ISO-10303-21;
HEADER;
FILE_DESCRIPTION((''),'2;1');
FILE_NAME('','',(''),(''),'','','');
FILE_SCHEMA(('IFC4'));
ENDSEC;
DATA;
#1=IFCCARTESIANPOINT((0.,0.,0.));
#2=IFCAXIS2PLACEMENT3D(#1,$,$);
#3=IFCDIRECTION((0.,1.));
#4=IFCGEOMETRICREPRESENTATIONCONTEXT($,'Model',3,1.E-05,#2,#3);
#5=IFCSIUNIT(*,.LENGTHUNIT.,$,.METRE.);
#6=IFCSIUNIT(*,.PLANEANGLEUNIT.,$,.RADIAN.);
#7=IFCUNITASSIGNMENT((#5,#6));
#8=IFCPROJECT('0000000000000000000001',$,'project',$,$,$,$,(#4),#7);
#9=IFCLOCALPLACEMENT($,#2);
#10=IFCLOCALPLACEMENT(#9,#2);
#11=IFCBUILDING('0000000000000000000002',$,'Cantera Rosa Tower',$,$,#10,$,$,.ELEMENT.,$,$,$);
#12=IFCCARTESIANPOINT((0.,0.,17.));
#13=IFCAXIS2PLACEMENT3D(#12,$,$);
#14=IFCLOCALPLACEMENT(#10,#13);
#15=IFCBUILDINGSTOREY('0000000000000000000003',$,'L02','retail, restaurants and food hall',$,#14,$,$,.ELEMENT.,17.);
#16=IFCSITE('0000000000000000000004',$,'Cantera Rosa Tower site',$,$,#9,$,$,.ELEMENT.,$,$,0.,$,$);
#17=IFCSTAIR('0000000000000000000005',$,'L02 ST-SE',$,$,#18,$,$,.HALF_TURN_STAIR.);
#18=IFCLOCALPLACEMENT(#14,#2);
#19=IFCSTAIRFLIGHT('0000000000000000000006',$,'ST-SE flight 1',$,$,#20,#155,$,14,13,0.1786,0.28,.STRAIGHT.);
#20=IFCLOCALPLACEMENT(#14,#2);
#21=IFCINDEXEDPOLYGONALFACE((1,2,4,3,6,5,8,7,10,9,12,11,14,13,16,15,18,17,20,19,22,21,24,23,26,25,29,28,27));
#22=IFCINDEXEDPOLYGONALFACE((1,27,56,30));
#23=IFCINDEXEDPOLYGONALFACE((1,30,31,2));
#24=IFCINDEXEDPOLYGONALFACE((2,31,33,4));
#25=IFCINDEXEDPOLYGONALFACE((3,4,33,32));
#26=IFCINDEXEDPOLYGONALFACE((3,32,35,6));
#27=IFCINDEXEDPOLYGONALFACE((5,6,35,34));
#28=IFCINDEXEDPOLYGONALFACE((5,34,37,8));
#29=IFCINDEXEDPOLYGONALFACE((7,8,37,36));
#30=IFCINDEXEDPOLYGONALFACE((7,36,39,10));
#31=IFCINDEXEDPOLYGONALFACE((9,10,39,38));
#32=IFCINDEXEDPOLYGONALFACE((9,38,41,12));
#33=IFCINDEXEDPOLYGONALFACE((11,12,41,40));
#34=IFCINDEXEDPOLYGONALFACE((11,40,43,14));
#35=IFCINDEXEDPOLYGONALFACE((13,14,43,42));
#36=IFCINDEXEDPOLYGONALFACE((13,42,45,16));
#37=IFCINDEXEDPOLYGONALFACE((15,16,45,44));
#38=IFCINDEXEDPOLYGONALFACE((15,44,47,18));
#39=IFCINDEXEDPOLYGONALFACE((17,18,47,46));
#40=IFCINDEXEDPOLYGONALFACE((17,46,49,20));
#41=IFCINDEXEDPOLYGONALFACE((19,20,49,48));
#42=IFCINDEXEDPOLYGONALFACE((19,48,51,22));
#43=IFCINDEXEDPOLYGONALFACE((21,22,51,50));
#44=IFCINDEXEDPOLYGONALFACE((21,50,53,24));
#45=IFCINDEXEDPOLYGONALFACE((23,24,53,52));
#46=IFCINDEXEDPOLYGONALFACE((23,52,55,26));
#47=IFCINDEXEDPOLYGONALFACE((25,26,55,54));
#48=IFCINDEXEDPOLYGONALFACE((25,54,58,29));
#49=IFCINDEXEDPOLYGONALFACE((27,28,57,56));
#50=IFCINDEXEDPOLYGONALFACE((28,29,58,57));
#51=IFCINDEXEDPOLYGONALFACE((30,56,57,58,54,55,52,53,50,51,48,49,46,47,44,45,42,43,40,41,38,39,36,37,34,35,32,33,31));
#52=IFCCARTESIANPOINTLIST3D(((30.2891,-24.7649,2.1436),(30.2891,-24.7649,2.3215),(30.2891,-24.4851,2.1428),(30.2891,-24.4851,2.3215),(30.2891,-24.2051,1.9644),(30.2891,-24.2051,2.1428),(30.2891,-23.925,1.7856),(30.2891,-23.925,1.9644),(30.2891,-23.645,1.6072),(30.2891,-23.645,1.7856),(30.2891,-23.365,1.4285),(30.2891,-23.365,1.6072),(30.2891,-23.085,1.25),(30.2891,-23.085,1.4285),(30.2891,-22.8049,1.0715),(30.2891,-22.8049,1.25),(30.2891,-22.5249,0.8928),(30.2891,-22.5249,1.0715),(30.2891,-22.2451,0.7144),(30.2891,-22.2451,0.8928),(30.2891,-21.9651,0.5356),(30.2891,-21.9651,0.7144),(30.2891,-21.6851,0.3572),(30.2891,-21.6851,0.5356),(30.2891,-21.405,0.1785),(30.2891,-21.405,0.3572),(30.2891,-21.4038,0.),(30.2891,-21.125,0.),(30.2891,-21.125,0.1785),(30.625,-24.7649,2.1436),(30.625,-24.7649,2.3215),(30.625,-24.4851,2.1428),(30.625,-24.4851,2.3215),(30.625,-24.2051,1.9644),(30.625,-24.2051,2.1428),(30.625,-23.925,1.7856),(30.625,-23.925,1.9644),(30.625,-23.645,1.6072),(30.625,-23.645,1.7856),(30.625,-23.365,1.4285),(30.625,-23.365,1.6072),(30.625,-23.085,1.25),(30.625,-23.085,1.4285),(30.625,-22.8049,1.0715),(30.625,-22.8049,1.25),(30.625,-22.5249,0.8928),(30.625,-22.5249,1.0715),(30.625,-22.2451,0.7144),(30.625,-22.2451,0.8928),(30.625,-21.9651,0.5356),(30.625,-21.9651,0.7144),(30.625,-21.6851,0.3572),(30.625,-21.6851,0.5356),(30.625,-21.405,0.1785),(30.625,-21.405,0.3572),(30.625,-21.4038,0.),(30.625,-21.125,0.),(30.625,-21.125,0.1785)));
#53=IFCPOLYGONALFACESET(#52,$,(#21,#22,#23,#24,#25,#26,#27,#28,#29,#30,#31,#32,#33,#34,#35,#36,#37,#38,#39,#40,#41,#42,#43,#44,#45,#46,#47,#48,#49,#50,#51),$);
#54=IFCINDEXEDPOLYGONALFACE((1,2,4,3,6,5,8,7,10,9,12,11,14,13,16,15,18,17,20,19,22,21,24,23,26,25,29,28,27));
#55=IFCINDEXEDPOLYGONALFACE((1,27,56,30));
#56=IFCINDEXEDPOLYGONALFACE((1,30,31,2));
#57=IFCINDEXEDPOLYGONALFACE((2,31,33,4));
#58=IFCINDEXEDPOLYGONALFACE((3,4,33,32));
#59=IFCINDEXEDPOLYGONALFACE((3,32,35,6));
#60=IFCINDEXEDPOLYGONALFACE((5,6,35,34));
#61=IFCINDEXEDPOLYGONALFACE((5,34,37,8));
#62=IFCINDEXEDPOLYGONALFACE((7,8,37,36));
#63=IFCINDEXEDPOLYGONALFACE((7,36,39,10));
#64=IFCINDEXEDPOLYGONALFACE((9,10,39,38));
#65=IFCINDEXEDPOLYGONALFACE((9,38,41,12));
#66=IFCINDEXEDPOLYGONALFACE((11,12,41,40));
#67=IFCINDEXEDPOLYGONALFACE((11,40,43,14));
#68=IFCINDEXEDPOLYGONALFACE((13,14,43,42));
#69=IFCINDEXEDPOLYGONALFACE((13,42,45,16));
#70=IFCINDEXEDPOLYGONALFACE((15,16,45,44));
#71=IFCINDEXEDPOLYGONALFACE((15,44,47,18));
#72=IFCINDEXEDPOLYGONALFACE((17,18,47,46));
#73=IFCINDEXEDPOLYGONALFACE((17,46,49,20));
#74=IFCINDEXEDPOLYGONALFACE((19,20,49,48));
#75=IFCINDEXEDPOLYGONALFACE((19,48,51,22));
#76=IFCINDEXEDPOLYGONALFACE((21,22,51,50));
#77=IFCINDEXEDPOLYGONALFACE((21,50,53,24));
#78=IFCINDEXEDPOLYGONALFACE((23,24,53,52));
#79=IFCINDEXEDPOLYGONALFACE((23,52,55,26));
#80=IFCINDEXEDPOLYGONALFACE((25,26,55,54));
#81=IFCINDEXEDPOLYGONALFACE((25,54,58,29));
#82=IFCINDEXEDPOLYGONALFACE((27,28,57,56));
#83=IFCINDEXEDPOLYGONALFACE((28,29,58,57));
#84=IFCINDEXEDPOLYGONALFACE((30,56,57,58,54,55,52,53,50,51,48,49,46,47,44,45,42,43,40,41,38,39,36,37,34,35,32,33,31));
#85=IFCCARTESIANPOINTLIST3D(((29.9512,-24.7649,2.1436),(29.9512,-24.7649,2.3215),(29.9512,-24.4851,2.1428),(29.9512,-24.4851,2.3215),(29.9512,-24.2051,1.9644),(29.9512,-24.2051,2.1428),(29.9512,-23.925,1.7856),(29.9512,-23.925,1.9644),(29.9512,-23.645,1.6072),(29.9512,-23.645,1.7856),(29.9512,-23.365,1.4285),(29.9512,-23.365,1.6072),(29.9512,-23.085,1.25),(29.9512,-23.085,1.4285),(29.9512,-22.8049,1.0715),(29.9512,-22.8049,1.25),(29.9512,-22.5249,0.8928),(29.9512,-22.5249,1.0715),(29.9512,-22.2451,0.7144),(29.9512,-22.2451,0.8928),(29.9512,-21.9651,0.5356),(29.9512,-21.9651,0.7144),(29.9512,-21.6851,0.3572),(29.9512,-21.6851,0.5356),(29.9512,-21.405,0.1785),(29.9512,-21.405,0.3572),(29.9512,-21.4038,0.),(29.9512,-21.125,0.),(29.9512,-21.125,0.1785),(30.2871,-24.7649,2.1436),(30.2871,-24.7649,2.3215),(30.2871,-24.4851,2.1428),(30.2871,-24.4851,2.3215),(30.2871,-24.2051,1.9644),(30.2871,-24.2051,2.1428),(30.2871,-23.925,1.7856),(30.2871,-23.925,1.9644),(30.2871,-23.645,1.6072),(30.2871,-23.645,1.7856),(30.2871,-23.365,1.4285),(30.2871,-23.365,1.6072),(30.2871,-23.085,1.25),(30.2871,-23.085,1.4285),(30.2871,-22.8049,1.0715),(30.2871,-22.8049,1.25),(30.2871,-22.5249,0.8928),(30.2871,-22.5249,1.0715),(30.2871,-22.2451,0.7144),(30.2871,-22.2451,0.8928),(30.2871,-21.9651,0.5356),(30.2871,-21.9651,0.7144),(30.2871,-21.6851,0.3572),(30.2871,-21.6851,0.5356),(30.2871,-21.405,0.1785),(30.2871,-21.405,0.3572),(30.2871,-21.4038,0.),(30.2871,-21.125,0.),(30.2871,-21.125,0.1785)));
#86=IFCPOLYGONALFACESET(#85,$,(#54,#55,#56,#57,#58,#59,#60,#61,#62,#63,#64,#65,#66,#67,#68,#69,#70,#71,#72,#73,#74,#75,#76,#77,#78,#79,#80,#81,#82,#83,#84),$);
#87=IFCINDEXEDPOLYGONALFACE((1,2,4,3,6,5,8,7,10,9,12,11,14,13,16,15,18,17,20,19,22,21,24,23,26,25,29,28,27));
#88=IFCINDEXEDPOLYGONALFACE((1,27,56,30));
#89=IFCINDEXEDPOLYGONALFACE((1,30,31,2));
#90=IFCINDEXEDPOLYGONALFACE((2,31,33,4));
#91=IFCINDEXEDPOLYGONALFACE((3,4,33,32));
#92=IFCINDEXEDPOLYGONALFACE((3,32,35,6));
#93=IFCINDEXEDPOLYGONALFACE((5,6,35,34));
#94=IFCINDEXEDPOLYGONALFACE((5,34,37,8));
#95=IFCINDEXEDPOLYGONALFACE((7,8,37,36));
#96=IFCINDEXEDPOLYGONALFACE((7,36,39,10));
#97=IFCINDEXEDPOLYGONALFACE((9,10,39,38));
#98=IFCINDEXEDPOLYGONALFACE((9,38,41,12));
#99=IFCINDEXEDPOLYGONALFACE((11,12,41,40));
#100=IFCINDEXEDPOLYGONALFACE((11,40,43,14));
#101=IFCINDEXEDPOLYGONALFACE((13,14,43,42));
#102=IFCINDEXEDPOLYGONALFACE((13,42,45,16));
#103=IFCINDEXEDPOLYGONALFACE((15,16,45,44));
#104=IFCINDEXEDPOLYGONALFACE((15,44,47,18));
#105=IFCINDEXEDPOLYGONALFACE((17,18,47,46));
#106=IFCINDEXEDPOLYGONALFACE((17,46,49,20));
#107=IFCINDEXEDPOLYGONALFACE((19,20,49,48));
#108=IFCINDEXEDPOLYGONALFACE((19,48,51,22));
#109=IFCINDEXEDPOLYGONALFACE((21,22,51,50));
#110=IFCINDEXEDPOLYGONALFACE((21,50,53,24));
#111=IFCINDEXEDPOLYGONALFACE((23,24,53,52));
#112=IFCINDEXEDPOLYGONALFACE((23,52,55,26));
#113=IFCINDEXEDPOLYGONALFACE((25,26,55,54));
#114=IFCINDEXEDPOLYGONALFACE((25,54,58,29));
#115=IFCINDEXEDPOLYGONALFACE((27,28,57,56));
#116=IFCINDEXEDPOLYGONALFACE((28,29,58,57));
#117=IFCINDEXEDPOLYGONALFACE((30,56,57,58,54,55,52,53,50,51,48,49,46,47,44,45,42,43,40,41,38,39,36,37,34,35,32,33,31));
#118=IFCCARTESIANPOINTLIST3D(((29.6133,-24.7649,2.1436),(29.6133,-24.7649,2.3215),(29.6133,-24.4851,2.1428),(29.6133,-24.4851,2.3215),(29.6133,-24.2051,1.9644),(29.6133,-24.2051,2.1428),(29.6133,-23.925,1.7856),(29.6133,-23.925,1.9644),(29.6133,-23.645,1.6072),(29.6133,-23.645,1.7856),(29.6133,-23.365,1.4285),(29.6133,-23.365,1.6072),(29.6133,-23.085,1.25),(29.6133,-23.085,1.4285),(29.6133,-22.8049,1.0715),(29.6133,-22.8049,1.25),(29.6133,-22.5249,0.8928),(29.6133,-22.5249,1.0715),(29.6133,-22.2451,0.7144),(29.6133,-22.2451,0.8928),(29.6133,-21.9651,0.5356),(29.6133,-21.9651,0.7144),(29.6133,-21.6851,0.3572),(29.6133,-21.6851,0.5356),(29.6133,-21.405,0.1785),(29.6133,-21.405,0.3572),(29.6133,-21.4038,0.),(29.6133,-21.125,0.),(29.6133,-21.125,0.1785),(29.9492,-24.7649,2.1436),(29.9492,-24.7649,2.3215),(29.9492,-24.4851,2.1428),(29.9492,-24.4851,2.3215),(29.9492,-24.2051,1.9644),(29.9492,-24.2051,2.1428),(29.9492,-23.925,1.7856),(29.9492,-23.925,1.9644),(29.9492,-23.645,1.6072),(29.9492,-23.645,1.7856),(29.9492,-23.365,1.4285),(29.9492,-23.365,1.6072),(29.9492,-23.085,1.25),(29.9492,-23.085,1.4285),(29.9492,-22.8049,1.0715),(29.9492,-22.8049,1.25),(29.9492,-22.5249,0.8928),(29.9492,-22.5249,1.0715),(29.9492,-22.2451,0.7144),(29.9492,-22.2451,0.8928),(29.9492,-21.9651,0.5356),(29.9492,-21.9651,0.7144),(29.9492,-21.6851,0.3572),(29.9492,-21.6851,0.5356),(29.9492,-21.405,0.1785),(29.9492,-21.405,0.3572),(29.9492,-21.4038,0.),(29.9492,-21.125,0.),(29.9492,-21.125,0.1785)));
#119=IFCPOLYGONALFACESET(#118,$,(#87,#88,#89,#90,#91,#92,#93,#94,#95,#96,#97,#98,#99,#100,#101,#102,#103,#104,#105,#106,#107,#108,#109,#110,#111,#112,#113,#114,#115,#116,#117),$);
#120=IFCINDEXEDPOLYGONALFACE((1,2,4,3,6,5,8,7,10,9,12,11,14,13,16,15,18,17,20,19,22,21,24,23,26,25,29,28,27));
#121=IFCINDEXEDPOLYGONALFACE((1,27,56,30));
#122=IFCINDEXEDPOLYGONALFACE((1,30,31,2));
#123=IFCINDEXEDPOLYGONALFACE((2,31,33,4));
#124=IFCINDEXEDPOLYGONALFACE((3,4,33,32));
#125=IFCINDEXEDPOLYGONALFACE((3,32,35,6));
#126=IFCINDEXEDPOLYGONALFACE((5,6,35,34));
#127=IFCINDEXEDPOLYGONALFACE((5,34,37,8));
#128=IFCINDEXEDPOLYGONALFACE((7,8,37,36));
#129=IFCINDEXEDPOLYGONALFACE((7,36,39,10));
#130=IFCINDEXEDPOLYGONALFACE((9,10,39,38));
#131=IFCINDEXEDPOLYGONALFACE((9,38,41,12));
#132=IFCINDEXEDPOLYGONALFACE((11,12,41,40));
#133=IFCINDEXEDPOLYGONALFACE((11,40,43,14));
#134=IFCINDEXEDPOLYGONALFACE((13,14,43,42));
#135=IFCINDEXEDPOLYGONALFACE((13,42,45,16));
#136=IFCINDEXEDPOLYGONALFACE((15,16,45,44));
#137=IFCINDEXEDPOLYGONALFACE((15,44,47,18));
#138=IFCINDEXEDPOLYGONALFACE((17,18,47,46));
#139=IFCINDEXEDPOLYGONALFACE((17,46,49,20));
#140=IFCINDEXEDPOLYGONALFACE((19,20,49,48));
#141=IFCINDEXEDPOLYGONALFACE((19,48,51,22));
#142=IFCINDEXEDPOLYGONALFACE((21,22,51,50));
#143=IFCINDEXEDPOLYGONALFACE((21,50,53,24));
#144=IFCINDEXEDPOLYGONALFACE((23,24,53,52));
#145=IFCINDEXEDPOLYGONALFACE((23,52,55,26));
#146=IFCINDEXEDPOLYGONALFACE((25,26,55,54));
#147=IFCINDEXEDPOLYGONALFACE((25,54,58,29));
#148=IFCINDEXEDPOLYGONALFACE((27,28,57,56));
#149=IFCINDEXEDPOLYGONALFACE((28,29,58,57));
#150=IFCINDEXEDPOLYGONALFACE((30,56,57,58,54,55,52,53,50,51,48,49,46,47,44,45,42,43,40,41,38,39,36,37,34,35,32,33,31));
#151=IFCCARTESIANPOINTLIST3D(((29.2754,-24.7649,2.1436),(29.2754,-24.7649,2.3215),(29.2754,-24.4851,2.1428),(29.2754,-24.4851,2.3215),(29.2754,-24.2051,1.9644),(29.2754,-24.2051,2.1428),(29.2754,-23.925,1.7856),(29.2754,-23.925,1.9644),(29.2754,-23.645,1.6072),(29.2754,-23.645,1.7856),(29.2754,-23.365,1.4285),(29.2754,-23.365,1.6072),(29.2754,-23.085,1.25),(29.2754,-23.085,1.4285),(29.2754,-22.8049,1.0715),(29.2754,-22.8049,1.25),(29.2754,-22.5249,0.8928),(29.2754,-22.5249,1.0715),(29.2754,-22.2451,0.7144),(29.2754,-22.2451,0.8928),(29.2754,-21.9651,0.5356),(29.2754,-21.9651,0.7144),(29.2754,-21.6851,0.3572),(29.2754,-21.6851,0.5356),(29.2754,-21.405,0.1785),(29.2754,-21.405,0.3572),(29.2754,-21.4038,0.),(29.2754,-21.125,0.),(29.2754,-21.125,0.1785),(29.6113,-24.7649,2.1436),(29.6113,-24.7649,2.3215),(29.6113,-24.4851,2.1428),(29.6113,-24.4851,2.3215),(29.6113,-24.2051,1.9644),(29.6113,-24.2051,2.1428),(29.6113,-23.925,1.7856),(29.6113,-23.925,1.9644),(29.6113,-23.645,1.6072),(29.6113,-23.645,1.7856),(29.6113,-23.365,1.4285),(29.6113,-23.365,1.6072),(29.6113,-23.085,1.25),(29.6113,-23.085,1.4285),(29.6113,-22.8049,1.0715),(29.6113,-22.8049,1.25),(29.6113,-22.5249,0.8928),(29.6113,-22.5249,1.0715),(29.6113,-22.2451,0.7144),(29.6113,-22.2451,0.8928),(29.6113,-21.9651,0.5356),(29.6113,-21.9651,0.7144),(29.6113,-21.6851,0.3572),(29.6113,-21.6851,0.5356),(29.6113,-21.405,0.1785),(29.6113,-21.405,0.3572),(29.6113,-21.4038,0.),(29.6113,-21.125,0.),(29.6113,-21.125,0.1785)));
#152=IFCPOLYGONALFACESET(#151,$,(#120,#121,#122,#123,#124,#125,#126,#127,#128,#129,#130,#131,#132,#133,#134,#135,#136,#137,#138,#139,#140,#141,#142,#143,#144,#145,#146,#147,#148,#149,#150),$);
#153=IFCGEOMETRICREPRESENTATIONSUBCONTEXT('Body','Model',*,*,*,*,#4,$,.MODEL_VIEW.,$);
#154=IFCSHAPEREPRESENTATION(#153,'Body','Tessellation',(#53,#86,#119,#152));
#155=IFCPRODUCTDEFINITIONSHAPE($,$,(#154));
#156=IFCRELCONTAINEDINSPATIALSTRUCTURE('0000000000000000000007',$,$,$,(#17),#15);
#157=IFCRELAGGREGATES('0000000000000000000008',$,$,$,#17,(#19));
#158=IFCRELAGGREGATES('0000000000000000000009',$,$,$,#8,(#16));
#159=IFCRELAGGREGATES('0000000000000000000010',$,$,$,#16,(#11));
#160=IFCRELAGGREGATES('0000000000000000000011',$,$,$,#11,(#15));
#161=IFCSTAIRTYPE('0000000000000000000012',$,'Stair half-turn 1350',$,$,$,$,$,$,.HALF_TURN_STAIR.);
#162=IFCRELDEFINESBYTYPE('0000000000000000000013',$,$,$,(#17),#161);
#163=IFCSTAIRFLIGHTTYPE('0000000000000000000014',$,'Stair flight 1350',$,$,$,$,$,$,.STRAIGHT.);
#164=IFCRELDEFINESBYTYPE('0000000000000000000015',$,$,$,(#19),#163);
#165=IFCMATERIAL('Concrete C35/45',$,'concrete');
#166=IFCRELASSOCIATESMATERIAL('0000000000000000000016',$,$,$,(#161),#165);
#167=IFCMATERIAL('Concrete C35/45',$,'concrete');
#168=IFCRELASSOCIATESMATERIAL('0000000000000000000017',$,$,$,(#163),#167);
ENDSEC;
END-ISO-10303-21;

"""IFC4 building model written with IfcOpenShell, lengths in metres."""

from ifc_helpers import new_model, si_unit, direction, frame, origin, place, context, subcontext, project, spatial, polyline, outline, extrude, material, type_object, element, aggregate, save


model = new_model("IFC4")

# Units and contexts
model_context = context("Model", 3, precision=1e-05, world=origin(), true_north=direction((0.0, 1.0)))
body_context = subcontext(model_context, "Body", "Model", "MODEL_VIEW")
ifc_project = project(units=[si_unit("LENGTHUNIT", "METRE"), si_unit("PLANEANGLEUNIT", "RADIAN")], contexts=[model_context])

# Site, building, storey
site_placement = place(None, origin())
site = spatial("IfcSite", under=ifc_project, at=site_placement, Name="Cantera Rosa Tower site", CompositionType="ELEMENT", RefElevation=0.0)
building_placement = place(site_placement, origin())
building = spatial("IfcBuilding", under=site, at=building_placement, Name="Cantera Rosa Tower", CompositionType="ELEMENT")
storey_placement = place(building_placement, frame((0.0, 0.0, 17.0)))
storey = spatial("IfcBuildingStorey", under=building, at=storey_placement, Name="L02", Description="retail, restaurants and food hall", CompositionType="ELEMENT", Elevation=17.0)

# Stair, stair flight
ifc_material_1 = material(Name="Concrete C35/45", Category="concrete")
stair_type = type_object("IfcStairType", Name="Stair half-turn 1350", PredefinedType="HALF_TURN_STAIR", material=ifc_material_1)
stair_placement = place(storey_placement, origin())
stair = element("IfcStair", 1, at=stair_placement, inside=storey, type_object=stair_type, Name="L02 ST-SE", PredefinedType="HALF_TURN_STAIR")
ifc_material_2 = material(Name="Concrete C35/45", Category="concrete")
stair_flight_type = type_object("IfcStairFlightType", Name="Stair flight 1350", PredefinedType="STRAIGHT", material=ifc_material_2)
stair_flight_1_placement = place(storey_placement, frame((29.95, -21.125, 0.0), z_axis=(0.0, 0.0, 1.0), x_axis=(0.0, -1.0, 0.0)))
stair_flight_1 = element("IfcStairFlight", 2, at=stair_flight_1_placement, type_object=stair_flight_type, Name="ST-SE flight 1", NumberOfRisers=14, NumberOfTreads=13, PredefinedType="STRAIGHT", RiserHeight=0.1786, TreadLength=0.28, context=body_context, shape_type="SweptSolid", body=[
    extrude(outline(polyline([(0.0, 0.0), (0.0, 0.1785), (0.28, 0.1785), (0.28, 0.3572), (0.5601, 0.3572), (0.5601, 0.5356), (0.8401, 0.5356), (0.8401, 0.7144), (1.1201, 0.7144), (1.1201, 0.8928), (1.3999, 0.8928), (1.3999, 1.0715), (1.6799, 1.0715), (1.6799, 1.25), (1.96, 1.25), (1.96, 1.4285), (2.24, 1.4285), (2.24, 1.6072), (2.52, 1.6072), (2.52, 1.7856), (2.8, 1.7856), (2.8, 1.9644), (3.0801, 1.9644), (3.0801, 2.1428), (3.3601, 2.1428), (3.3601, 2.3215), (3.6399, 2.3215), (3.6399, 2.5), (3.6399, 2.1436), (0.2788, 0.0), (0.0, 0.0)])), frame((0.0, 0.675, 0.0), z_axis=(0.0, -1.0, 0.0), x_axis=(1.0, 0.0, 0.0)), (0.0, 0.0, 1.0), 0.3359),
    extrude(outline(polyline([(0.0, 0.0), (0.0, 0.1785), (0.28, 0.1785), (0.28, 0.3572), (0.5601, 0.3572), (0.5601, 0.5356), (0.8401, 0.5356), (0.8401, 0.7144), (1.1201, 0.7144), (1.1201, 0.8928), (1.3999, 0.8928), (1.3999, 1.0715), (1.6799, 1.0715), (1.6799, 1.25), (1.96, 1.25), (1.96, 1.4285), (2.24, 1.4285), (2.24, 1.6072), (2.52, 1.6072), (2.52, 1.7856), (2.8, 1.7856), (2.8, 1.9644), (3.0801, 1.9644), (3.0801, 2.1428), (3.3601, 2.1428), (3.3601, 2.3215), (3.6399, 2.3215), (3.6399, 2.5), (3.6399, 2.1436), (0.2788, 0.0), (0.0, 0.0)])), frame((0.0, 0.3372, 0.0), z_axis=(0.0, -1.0, 0.0), x_axis=(1.0, 0.0, 0.0)), (0.0, 0.0, 1.0), 0.3359),
    extrude(outline(polyline([(0.0, 0.0), (0.0, 0.1785), (0.28, 0.1785), (0.28, 0.3572), (0.5601, 0.3572), (0.5601, 0.5356), (0.8401, 0.5356), (0.8401, 0.7144), (1.1201, 0.7144), (1.1201, 0.8928), (1.3999, 0.8928), (1.3999, 1.0715), (1.6799, 1.0715), (1.6799, 1.25), (1.96, 1.25), (1.96, 1.4285), (2.24, 1.4285), (2.24, 1.6072), (2.52, 1.6072), (2.52, 1.7856), (2.8, 1.7856), (2.8, 1.9644), (3.0801, 1.9644), (3.0801, 2.1428), (3.3601, 2.1428), (3.3601, 2.3215), (3.6399, 2.3215), (3.6399, 2.5), (3.6399, 2.1436), (0.2788, 0.0), (0.0, 0.0)])), frame((0.0, -0.0007, 0.0), z_axis=(0.0, -1.0, 0.0), x_axis=(1.0, 0.0, 0.0)), (0.0, 0.0, 1.0), 0.3359),
    extrude(outline(polyline([(0.0, 0.0), (0.0, 0.1785), (0.28, 0.1785), (0.28, 0.3572), (0.5601, 0.3572), (0.5601, 0.5356), (0.8401, 0.5356), (0.8401, 0.7144), (1.1201, 0.7144), (1.1201, 0.8928), (1.3999, 0.8928), (1.3999, 1.0715), (1.6799, 1.0715), (1.6799, 1.25), (1.96, 1.25), (1.96, 1.4285), (2.24, 1.4285), (2.24, 1.6072), (2.52, 1.6072), (2.52, 1.7856), (2.8, 1.7856), (2.8, 1.9644), (3.0801, 1.9644), (3.0801, 2.1428), (3.3601, 2.1428), (3.3601, 2.3215), (3.6399, 2.3215), (3.6399, 2.5), (3.6399, 2.1436), (0.2788, 0.0), (0.0, 0.0)])), frame((0.0, -0.3386, 0.0), z_axis=(0.0, -1.0, 0.0), x_axis=(1.0, 0.0, 0.0)), (0.0, 0.0, 1.0), 0.3359),
])
aggregate(stair, [stair_flight_1])

save(model, "model.ifc")
